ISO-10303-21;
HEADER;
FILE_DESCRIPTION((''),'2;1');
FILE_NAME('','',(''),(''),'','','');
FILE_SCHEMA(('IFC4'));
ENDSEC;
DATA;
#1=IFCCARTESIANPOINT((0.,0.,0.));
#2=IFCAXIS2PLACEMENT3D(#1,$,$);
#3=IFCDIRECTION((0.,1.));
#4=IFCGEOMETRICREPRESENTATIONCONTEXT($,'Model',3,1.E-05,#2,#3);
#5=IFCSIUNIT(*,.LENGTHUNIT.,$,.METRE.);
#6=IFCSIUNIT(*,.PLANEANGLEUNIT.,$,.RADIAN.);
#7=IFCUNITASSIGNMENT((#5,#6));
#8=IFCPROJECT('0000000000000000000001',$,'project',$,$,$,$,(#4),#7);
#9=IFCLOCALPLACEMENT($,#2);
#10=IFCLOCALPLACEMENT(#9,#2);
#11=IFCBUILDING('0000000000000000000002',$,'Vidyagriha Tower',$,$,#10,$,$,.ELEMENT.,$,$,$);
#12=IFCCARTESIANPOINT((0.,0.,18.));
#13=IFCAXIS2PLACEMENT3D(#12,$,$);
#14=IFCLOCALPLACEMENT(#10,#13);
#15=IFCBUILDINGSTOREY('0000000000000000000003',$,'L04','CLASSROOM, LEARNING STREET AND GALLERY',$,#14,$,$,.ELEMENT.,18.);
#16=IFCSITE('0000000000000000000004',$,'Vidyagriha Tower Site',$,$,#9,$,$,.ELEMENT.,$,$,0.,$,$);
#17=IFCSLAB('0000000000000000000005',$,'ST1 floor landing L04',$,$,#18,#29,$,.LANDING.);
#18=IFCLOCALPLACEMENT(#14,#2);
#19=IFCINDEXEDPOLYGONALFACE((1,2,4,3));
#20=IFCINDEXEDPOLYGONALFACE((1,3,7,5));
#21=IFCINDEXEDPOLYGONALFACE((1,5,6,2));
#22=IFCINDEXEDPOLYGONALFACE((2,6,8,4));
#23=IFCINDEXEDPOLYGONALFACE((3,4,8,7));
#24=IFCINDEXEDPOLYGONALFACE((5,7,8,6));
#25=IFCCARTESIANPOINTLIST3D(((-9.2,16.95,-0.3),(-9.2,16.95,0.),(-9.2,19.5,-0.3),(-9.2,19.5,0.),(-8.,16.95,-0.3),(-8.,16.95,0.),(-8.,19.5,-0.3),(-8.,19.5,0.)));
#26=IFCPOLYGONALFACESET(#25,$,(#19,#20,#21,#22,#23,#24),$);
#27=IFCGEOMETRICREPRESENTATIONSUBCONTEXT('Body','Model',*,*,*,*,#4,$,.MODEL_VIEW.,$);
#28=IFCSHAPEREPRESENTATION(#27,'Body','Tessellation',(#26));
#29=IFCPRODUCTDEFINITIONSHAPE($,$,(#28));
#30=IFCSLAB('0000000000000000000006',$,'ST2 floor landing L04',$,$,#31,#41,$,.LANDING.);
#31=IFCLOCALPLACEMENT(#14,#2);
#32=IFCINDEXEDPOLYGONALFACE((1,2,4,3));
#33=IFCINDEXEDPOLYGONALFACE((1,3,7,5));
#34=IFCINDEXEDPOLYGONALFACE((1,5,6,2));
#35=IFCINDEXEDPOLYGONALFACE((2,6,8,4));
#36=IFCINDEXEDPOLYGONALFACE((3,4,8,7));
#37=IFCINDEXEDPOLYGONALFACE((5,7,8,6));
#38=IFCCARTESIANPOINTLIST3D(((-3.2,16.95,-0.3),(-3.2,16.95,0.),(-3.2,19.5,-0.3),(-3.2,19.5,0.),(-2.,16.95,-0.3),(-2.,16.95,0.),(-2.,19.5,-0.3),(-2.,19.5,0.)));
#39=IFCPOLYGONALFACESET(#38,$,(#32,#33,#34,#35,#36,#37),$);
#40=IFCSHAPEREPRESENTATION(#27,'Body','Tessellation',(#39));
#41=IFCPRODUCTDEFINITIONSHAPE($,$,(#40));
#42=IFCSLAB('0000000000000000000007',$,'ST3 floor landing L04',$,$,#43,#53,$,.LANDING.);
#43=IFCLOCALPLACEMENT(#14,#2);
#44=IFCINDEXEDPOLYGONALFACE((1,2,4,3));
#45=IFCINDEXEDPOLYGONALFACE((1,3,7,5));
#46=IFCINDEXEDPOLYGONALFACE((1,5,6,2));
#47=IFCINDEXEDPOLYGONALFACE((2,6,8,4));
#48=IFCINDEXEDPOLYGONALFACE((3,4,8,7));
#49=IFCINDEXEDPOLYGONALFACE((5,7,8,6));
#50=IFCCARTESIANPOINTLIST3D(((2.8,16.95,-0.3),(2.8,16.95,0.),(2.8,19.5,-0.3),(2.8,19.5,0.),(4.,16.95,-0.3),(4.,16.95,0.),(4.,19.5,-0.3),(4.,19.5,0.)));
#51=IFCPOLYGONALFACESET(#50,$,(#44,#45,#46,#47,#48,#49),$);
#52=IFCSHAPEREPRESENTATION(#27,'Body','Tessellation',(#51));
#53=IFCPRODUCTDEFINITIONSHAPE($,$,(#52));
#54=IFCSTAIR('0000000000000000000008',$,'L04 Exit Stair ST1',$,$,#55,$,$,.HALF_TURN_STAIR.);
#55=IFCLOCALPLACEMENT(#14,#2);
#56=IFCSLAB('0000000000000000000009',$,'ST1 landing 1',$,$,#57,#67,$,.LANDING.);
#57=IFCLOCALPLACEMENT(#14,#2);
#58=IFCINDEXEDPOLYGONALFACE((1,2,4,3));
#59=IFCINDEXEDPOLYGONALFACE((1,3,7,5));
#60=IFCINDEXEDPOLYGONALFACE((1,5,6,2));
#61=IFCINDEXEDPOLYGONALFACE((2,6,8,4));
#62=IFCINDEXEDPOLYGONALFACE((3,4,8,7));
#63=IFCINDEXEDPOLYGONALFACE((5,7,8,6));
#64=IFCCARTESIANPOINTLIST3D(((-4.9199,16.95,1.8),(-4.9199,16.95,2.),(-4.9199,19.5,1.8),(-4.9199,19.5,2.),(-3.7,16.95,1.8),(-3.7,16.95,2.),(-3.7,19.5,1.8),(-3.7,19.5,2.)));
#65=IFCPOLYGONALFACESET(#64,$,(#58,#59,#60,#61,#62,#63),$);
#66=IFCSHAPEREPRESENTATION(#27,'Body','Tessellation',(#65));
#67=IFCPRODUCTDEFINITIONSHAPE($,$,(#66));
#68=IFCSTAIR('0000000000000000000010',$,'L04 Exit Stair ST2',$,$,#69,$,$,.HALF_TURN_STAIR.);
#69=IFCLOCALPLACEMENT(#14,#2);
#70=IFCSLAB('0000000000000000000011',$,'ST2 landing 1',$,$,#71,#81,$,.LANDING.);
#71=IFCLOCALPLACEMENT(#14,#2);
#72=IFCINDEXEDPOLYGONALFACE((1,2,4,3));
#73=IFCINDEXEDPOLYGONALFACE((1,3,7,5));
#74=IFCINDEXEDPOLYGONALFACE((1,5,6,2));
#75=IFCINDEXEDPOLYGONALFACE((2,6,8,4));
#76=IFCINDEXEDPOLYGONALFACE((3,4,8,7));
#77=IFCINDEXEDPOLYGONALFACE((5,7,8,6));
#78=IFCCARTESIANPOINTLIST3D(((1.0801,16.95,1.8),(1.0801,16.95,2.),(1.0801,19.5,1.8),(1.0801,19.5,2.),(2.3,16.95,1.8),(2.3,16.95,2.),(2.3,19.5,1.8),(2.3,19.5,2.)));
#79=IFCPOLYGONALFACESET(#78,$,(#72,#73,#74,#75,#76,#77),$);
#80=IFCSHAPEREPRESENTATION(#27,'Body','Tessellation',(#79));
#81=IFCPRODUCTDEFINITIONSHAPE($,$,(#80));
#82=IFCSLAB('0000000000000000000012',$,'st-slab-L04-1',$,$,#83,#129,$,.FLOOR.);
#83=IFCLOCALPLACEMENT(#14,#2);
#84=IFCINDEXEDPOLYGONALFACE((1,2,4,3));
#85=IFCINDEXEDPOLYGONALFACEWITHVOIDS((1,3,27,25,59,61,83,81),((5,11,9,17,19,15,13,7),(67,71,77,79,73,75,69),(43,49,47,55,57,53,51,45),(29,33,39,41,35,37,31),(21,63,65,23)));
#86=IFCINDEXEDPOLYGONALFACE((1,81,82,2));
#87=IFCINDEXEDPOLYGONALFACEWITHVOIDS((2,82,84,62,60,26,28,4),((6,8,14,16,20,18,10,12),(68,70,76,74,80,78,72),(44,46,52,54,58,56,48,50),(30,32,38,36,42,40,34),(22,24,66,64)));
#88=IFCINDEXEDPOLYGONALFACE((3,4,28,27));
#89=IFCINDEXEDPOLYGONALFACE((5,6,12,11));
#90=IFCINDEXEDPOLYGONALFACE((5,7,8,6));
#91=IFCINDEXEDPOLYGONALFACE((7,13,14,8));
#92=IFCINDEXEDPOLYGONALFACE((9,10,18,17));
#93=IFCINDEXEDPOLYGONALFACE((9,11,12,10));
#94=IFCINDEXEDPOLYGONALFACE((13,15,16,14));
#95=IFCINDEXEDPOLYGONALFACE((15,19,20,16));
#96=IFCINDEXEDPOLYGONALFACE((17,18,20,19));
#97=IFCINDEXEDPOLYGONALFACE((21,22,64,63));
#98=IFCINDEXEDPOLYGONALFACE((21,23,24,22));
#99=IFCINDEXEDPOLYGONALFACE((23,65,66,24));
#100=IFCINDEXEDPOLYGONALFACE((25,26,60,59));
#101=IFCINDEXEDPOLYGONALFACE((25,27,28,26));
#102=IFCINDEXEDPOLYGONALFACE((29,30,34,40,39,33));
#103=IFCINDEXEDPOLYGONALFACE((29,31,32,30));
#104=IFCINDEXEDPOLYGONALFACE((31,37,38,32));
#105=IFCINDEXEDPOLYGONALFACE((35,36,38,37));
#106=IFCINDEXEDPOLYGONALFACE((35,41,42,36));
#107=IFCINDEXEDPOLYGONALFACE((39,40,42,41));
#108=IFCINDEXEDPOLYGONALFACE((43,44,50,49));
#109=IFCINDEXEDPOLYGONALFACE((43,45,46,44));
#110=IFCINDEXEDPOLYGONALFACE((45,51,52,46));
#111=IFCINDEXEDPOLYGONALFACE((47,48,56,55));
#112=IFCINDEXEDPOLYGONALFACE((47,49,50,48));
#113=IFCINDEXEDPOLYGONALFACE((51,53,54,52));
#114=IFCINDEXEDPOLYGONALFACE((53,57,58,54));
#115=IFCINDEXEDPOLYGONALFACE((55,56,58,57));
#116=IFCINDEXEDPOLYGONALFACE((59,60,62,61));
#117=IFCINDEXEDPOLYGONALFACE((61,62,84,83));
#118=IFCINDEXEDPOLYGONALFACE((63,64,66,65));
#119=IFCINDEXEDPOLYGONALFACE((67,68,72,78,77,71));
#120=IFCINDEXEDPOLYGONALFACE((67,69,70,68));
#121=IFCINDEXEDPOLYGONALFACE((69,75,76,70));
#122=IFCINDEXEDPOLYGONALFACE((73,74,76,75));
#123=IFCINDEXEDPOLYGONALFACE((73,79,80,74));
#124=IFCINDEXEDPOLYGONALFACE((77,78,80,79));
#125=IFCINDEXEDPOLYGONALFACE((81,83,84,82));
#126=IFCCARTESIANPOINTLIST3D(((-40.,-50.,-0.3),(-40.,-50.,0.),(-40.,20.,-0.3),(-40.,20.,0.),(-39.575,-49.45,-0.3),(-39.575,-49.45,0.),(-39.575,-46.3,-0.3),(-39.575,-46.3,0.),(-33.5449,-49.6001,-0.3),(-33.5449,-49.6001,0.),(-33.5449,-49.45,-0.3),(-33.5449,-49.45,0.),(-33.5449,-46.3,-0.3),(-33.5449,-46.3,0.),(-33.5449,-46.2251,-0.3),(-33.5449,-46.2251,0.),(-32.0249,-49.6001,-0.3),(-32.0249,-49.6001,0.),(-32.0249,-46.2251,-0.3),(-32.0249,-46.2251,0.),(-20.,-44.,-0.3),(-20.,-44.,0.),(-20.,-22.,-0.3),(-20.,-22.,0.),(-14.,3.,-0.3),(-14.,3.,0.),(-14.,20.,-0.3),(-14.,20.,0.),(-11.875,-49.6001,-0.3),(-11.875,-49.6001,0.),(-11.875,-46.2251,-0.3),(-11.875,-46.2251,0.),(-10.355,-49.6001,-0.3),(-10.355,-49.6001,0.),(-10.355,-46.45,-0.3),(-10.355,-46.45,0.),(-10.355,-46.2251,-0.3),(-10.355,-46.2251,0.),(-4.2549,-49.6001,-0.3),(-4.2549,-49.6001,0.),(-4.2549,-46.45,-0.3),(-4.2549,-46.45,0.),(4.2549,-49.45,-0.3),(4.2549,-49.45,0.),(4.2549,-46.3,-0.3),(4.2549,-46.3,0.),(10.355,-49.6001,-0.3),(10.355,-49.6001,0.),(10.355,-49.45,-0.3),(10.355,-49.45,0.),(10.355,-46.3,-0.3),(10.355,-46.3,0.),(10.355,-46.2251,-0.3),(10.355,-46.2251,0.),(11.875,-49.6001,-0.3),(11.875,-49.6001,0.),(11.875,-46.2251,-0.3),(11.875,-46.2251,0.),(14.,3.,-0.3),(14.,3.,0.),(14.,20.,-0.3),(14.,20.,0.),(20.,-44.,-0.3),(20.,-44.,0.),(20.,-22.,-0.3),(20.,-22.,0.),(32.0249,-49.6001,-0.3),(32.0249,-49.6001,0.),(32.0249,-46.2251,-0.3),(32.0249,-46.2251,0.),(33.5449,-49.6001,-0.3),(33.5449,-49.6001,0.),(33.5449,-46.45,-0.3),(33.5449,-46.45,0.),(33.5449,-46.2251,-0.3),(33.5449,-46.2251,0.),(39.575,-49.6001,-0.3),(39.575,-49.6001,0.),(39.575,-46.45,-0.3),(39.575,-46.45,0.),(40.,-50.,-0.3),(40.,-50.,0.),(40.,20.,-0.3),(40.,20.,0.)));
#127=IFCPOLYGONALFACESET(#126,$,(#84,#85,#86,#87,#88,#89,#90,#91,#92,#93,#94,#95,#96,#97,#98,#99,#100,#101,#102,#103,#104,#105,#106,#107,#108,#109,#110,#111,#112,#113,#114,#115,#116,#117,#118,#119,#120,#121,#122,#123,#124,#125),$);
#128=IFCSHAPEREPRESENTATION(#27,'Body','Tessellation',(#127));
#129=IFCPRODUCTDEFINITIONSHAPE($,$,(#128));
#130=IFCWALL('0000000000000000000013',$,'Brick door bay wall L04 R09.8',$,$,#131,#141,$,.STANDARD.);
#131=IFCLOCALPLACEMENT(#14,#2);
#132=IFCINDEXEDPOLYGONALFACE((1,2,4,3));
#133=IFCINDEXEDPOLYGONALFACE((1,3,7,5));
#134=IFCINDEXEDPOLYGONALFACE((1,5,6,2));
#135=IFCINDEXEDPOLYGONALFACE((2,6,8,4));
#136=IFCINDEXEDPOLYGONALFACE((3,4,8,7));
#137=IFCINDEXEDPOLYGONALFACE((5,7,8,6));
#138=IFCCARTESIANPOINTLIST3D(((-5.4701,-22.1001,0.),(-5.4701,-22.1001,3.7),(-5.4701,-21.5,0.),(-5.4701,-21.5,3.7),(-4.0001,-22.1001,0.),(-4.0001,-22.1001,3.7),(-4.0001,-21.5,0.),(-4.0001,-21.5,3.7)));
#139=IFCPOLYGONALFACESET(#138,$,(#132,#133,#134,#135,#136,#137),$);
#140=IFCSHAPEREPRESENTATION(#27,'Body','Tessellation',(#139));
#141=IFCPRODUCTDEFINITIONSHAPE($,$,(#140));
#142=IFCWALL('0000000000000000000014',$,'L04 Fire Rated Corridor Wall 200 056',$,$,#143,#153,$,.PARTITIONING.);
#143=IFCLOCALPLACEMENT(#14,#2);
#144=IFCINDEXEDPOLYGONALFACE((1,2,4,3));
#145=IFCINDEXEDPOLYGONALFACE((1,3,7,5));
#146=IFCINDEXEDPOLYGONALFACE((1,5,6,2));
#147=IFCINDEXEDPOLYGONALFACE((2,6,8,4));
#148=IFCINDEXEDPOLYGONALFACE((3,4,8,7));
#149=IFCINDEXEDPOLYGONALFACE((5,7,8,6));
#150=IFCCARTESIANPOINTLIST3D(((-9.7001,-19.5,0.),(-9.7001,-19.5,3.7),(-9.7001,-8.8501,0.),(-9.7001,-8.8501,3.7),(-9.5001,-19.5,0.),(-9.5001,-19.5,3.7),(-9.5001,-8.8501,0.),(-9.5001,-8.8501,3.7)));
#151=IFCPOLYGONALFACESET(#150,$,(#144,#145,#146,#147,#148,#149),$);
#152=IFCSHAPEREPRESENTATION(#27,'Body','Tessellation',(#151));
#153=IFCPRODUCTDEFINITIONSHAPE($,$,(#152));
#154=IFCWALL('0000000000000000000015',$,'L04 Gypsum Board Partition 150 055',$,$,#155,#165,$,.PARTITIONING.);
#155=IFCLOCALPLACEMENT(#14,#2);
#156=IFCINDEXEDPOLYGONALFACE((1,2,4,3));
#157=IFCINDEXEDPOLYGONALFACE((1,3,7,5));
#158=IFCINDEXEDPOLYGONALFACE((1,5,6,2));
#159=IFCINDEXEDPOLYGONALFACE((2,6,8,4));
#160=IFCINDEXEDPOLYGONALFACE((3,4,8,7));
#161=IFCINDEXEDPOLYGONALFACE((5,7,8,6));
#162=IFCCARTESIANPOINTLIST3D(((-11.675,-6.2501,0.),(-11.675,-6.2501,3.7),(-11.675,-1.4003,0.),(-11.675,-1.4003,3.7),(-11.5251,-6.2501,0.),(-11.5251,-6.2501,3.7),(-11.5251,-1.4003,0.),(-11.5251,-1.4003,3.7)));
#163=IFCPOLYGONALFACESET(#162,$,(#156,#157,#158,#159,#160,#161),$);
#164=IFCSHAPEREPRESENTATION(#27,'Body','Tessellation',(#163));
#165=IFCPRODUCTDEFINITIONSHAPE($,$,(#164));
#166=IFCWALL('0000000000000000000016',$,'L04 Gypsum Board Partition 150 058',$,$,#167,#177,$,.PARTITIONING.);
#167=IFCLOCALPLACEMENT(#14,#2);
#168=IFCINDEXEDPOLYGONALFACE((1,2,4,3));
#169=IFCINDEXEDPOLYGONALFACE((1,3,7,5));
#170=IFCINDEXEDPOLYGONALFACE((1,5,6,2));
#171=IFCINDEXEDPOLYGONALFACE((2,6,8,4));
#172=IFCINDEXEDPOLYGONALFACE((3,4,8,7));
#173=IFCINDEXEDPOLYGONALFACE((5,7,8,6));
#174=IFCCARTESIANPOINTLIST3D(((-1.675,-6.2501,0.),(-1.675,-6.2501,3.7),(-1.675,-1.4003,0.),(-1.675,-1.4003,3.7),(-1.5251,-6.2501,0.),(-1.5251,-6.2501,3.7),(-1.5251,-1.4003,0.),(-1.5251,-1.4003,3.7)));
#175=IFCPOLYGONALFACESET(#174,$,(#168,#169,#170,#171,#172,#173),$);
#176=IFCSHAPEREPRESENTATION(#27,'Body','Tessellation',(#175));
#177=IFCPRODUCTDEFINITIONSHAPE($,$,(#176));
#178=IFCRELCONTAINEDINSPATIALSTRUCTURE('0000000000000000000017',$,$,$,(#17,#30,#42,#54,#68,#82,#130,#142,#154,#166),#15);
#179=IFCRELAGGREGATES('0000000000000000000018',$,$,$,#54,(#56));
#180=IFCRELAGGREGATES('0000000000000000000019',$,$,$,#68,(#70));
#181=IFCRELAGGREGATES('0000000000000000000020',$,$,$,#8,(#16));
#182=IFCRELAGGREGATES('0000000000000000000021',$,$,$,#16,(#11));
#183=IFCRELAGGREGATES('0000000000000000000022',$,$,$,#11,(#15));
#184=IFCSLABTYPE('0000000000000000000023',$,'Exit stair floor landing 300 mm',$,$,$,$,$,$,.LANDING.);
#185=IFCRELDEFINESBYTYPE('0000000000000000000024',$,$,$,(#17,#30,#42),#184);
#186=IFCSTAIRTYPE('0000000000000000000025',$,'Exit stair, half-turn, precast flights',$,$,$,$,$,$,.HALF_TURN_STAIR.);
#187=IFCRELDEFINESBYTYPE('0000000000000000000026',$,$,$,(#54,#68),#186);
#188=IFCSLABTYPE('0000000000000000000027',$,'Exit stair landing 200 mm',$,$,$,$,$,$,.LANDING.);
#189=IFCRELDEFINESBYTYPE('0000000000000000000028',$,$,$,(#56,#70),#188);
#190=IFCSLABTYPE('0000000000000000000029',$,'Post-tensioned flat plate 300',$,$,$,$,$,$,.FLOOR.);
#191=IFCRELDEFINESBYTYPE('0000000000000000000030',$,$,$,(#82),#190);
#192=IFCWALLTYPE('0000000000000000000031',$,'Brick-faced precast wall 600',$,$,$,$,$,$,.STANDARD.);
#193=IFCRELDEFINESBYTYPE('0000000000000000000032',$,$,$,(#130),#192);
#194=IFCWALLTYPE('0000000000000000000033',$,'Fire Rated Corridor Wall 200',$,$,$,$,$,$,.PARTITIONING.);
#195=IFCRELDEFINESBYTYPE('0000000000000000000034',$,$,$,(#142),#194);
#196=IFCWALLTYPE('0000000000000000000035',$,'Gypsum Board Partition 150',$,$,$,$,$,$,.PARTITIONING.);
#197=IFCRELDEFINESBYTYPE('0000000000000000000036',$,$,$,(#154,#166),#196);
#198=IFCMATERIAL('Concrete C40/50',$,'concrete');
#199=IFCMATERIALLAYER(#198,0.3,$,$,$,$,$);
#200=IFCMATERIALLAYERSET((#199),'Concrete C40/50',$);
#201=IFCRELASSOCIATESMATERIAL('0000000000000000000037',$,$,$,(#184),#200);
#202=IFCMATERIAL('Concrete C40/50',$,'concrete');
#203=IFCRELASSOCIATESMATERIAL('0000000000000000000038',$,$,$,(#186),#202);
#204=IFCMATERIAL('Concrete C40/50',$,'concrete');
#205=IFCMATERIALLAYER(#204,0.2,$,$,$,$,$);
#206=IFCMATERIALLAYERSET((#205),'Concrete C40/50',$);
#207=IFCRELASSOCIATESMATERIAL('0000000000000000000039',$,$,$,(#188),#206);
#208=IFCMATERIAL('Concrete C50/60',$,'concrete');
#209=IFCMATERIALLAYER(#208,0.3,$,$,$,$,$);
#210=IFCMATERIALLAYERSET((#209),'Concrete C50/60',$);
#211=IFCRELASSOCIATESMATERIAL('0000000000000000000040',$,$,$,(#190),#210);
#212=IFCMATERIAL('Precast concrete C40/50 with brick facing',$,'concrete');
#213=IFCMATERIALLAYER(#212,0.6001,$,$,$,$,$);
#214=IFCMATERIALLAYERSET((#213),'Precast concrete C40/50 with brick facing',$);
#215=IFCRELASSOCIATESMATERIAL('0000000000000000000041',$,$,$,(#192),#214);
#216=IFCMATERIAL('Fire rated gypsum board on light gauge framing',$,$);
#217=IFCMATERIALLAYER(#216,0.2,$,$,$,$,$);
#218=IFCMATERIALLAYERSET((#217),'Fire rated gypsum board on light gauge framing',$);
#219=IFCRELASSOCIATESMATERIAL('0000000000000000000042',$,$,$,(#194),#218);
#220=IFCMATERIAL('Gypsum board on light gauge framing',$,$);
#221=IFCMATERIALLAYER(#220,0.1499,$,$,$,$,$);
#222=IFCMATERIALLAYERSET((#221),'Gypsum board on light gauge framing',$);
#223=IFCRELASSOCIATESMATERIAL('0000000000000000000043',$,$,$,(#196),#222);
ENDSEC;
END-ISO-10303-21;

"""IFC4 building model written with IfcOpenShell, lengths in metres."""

from ifc_helpers import new_model, si_unit, direction, frame, frame_2d, origin, place, context, subcontext, project, spatial, polyline, rectangle, outline, extrude, material, layer, layer_set, type_object, element, aggregate, save


model = new_model("IFC4")

# Units and contexts
model_context = context("Model", 3, precision=1e-05, world=origin(), true_north=direction((0.0, 1.0)))
body_context = subcontext(model_context, "Body", "Model", "MODEL_VIEW")
ifc_project = project(units=[si_unit("LENGTHUNIT", "METRE"), si_unit("PLANEANGLEUNIT", "RADIAN")], contexts=[model_context])

# Site, building, storey
site_placement = place(None, origin())
site = spatial("IfcSite", under=ifc_project, at=site_placement, Name="Vidyagriha Tower Site", CompositionType="ELEMENT", RefElevation=0.0)
building_placement = place(site_placement, origin())
building = spatial("IfcBuilding", under=site, at=building_placement, Name="Vidyagriha Tower", CompositionType="ELEMENT")
storey_placement = place(building_placement, frame((0.0, 0.0, 18.0)))
storey = spatial("IfcBuildingStorey", under=building, at=storey_placement, Name="L04", Description="CLASSROOM, LEARNING STREET AND GALLERY", CompositionType="ELEMENT", Elevation=18.0)

# Slabs
ifc_material_1 = material(Name="Concrete C40/50", Category="concrete")
ifc_layer_1 = layer(ifc_material_1, 0.3)
ifc_layer_set_1 = layer_set([ifc_layer_1], Name="Concrete C40/50")
slab_type_1 = type_object("IfcSlabType", Name="Exit stair floor landing 300 mm", PredefinedType="LANDING", material=ifc_layer_set_1)
slab_1_placement = place(storey_placement, frame((0.0, 0.0, -0.3)))
element("IfcSlab", 1, at=slab_1_placement, inside=storey, type_object=slab_type_1, Name="ST1 floor landing L04", PredefinedType="LANDING", context=body_context, shape_type="SweptSolid", body=[
    extrude(outline(polyline([(-9.2, 16.95), (-8.0, 16.95), (-8.0, 19.5), (-9.2, 19.5), (-9.2, 16.95)])), origin(), (0.0, 0.0, 1.0), 0.3),
])
slab_2_placement = place(storey_placement, frame((0.0, 0.0, -0.3)))
element("IfcSlab", 2, at=slab_2_placement, inside=storey, type_object=slab_type_1, Name="ST2 floor landing L04", PredefinedType="LANDING", context=body_context, shape_type="SweptSolid", body=[
    extrude(outline(polyline([(-3.2, 16.95), (-2.0, 16.95), (-2.0, 19.5), (-3.2, 19.5), (-3.2, 16.95)])), origin(), (0.0, 0.0, 1.0), 0.3),
])
slab_3_placement = place(storey_placement, frame((0.0, 0.0, -0.3)))
element("IfcSlab", 3, at=slab_3_placement, inside=storey, type_object=slab_type_1, Name="ST3 floor landing L04", PredefinedType="LANDING", context=body_context, shape_type="SweptSolid", body=[
    extrude(outline(polyline([(2.8, 16.95), (4.0, 16.95), (4.0, 19.5), (2.8, 19.5), (2.8, 16.95)])), origin(), (0.0, 0.0, 1.0), 0.3),
])

# Stairs, slabs
ifc_material_2 = material(Name="Concrete C40/50", Category="concrete")
stair_type = type_object("IfcStairType", Name="Exit stair, half-turn, precast flights", PredefinedType="HALF_TURN_STAIR", material=ifc_material_2)
stair_1_placement = place(storey_placement, origin())
stair_1 = element("IfcStair", 4, at=stair_1_placement, inside=storey, type_object=stair_type, Name="L04 Exit Stair ST1", PredefinedType="HALF_TURN_STAIR")
ifc_material_3 = material(Name="Concrete C40/50", Category="concrete")
ifc_layer_2 = layer(ifc_material_3, 0.2)
ifc_layer_set_2 = layer_set([ifc_layer_2], Name="Concrete C40/50")
slab_type_2 = type_object("IfcSlabType", Name="Exit stair landing 200 mm", PredefinedType="LANDING", material=ifc_layer_set_2)
slab_4_placement = place(storey_placement, frame((0.0, 0.0, 1.8)))
slab_4 = element("IfcSlab", 5, at=slab_4_placement, type_object=slab_type_2, Name="ST1 landing 1", PredefinedType="LANDING", context=body_context, shape_type="SweptSolid", body=[
    extrude(outline(polyline([(-4.9199, 16.95), (-3.7, 16.95), (-3.7, 19.5), (-4.9199, 19.5), (-4.9199, 16.95)])), origin(), (0.0, 0.0, 1.0), 0.2),
])
aggregate(stair_1, [slab_4])
stair_2_placement = place(storey_placement, origin())
stair_2 = element("IfcStair", 6, at=stair_2_placement, inside=storey, type_object=stair_type, Name="L04 Exit Stair ST2", PredefinedType="HALF_TURN_STAIR")
slab_5_placement = place(storey_placement, frame((0.0, 0.0, 1.8)))
slab_5 = element("IfcSlab", 7, at=slab_5_placement, type_object=slab_type_2, Name="ST2 landing 1", PredefinedType="LANDING", context=body_context, shape_type="SweptSolid", body=[
    extrude(outline(polyline([(1.0801, 16.95), (2.3, 16.95), (2.3, 19.5), (1.0801, 19.5), (1.0801, 16.95)])), origin(), (0.0, 0.0, 1.0), 0.2),
])
aggregate(stair_2, [slab_5])

# Slab
ifc_material_4 = material(Name="Concrete C50/60", Category="concrete")
ifc_layer_3 = layer(ifc_material_4, 0.3)
ifc_layer_set_3 = layer_set([ifc_layer_3], Name="Concrete C50/60")
slab_type_3 = type_object("IfcSlabType", Name="Post-tensioned flat plate 300", PredefinedType="FLOOR", material=ifc_layer_set_3)
slab_6_placement = place(storey_placement, frame((0.0, 0.0, -0.3)))
element("IfcSlab", 8, at=slab_6_placement, inside=storey, type_object=slab_type_3, Name="st-slab-L04-1", PredefinedType="FLOOR", context=body_context, shape_type="SweptSolid", body=[
    extrude(outline(polyline([(-40.0, 20.0), (-14.0, 20.0), (-14.0, 3.0), (14.0, 3.0), (14.0, 20.0), (40.0, 20.0), (40.0, -50.0), (-40.0, -50.0), (-40.0, 20.0)]), holes=[polyline([(-20.0, -22.0), (-20.0, -44.0), (20.0, -44.0), (20.0, -22.0), (-20.0, -22.0)]), polyline([(-33.5449, -46.2251), (-33.5449, -46.3), (-39.575, -46.3), (-39.575, -49.45), (-33.5449, -49.45), (-33.5449, -49.6001), (-32.0249, -49.6001), (-32.0249, -46.2251), (-33.5449, -46.2251)]), polyline([(39.575, -49.6001), (39.575, -46.45), (33.5449, -46.45), (33.5449, -46.2251), (32.0249, -46.2251), (32.0249, -49.6001), (33.5449, -49.6001), (39.575, -49.6001)]), polyline([(-11.875, -49.6001), (-10.355, -49.6001), (-4.2549, -49.6001), (-4.2549, -46.45), (-10.355, -46.45), (-10.355, -46.2251), (-11.875, -46.2251), (-11.875, -49.6001)]), polyline([(4.2549, -46.3), (4.2549, -49.45), (10.355, -49.45), (10.355, -49.6001), (11.875, -49.6001), (11.875, -46.2251), (10.355, -46.2251), (10.355, -46.3), (4.2549, -46.3)])]), origin(), (0.0, 0.0, 1.0), 0.3),
])

# Walls
ifc_material_5 = material(Name="Precast concrete C40/50 with brick facing", Category="concrete")
ifc_layer_4 = layer(ifc_material_5, 0.6001)
ifc_layer_set_4 = layer_set([ifc_layer_4], Name="Precast concrete C40/50 with brick facing")
wall_type_1 = type_object("IfcWallType", Name="Brick-faced precast wall 600", PredefinedType="STANDARD", material=ifc_layer_set_4)
wall_1_placement = place(storey_placement, frame((-5.47, -21.8, 0.0)))
element("IfcWall", 9, at=wall_1_placement, inside=storey, type_object=wall_type_1, Name="Brick door bay wall L04 R09.8", PredefinedType="STANDARD", context=body_context, shape_type="SweptSolid", body=[
    extrude(rectangle(XDim=1.47, YDim=0.6001, at=frame_2d((0.7349, 0.0))), origin(), (0.0, 0.0, 1.0), 3.7),
])
ifc_material_6 = material(Name="Fire rated gypsum board on light gauge framing")
ifc_layer_5 = layer(ifc_material_6, 0.2)
ifc_layer_set_5 = layer_set([ifc_layer_5], Name="Fire rated gypsum board on light gauge framing")
wall_type_2 = type_object("IfcWallType", Name="Fire Rated Corridor Wall 200", PredefinedType="PARTITIONING", material=ifc_layer_set_5)
wall_2_placement = place(storey_placement, frame((-9.6001, -19.5, 0.0), z_axis=(0.0, 0.0, 1.0), x_axis=(0.0, 1.0, 0.0)))
element("IfcWall", 10, at=wall_2_placement, inside=storey, type_object=wall_type_2, Name="L04 Fire Rated Corridor Wall 200 056", PredefinedType="PARTITIONING", context=body_context, shape_type="SweptSolid", body=[
    extrude(rectangle(XDim=10.6499, YDim=0.2, at=frame_2d((5.325, 0.0))), origin(), (0.0, 0.0, 1.0), 3.7),
])
ifc_material_7 = material(Name="Gypsum board on light gauge framing")
ifc_layer_6 = layer(ifc_material_7, 0.1499)
ifc_layer_set_6 = layer_set([ifc_layer_6], Name="Gypsum board on light gauge framing")
wall_type_3 = type_object("IfcWallType", Name="Gypsum Board Partition 150", PredefinedType="PARTITIONING", material=ifc_layer_set_6)
for number, where, z_axis, x_axis, name in (
    (11, (-11.6001, -6.25, 0.0), (0.0, 0.0, 1.0), (0.0, 1.0, 0.0), "L04 Gypsum Board Partition 150 055"),
    (12, (-1.6001, -6.25, 0.0), (0.0, 0.0, 1.0), (0.0, 1.0, 0.0), "L04 Gypsum Board Partition 150 058"),
):
    element("IfcWall", number, at=place(storey_placement, frame(where, z_axis=z_axis, x_axis=x_axis)), inside=storey, type_object=wall_type_3, Name=name, PredefinedType="PARTITIONING", context=body_context, shape_type="SweptSolid", body=[
        extrude(rectangle(XDim=4.8499, YDim=0.1499, at=frame_2d((2.4248, 0.0))), origin(), (0.0, 0.0, 1.0), 3.7),
    ])

save(model, "model.ifc")
